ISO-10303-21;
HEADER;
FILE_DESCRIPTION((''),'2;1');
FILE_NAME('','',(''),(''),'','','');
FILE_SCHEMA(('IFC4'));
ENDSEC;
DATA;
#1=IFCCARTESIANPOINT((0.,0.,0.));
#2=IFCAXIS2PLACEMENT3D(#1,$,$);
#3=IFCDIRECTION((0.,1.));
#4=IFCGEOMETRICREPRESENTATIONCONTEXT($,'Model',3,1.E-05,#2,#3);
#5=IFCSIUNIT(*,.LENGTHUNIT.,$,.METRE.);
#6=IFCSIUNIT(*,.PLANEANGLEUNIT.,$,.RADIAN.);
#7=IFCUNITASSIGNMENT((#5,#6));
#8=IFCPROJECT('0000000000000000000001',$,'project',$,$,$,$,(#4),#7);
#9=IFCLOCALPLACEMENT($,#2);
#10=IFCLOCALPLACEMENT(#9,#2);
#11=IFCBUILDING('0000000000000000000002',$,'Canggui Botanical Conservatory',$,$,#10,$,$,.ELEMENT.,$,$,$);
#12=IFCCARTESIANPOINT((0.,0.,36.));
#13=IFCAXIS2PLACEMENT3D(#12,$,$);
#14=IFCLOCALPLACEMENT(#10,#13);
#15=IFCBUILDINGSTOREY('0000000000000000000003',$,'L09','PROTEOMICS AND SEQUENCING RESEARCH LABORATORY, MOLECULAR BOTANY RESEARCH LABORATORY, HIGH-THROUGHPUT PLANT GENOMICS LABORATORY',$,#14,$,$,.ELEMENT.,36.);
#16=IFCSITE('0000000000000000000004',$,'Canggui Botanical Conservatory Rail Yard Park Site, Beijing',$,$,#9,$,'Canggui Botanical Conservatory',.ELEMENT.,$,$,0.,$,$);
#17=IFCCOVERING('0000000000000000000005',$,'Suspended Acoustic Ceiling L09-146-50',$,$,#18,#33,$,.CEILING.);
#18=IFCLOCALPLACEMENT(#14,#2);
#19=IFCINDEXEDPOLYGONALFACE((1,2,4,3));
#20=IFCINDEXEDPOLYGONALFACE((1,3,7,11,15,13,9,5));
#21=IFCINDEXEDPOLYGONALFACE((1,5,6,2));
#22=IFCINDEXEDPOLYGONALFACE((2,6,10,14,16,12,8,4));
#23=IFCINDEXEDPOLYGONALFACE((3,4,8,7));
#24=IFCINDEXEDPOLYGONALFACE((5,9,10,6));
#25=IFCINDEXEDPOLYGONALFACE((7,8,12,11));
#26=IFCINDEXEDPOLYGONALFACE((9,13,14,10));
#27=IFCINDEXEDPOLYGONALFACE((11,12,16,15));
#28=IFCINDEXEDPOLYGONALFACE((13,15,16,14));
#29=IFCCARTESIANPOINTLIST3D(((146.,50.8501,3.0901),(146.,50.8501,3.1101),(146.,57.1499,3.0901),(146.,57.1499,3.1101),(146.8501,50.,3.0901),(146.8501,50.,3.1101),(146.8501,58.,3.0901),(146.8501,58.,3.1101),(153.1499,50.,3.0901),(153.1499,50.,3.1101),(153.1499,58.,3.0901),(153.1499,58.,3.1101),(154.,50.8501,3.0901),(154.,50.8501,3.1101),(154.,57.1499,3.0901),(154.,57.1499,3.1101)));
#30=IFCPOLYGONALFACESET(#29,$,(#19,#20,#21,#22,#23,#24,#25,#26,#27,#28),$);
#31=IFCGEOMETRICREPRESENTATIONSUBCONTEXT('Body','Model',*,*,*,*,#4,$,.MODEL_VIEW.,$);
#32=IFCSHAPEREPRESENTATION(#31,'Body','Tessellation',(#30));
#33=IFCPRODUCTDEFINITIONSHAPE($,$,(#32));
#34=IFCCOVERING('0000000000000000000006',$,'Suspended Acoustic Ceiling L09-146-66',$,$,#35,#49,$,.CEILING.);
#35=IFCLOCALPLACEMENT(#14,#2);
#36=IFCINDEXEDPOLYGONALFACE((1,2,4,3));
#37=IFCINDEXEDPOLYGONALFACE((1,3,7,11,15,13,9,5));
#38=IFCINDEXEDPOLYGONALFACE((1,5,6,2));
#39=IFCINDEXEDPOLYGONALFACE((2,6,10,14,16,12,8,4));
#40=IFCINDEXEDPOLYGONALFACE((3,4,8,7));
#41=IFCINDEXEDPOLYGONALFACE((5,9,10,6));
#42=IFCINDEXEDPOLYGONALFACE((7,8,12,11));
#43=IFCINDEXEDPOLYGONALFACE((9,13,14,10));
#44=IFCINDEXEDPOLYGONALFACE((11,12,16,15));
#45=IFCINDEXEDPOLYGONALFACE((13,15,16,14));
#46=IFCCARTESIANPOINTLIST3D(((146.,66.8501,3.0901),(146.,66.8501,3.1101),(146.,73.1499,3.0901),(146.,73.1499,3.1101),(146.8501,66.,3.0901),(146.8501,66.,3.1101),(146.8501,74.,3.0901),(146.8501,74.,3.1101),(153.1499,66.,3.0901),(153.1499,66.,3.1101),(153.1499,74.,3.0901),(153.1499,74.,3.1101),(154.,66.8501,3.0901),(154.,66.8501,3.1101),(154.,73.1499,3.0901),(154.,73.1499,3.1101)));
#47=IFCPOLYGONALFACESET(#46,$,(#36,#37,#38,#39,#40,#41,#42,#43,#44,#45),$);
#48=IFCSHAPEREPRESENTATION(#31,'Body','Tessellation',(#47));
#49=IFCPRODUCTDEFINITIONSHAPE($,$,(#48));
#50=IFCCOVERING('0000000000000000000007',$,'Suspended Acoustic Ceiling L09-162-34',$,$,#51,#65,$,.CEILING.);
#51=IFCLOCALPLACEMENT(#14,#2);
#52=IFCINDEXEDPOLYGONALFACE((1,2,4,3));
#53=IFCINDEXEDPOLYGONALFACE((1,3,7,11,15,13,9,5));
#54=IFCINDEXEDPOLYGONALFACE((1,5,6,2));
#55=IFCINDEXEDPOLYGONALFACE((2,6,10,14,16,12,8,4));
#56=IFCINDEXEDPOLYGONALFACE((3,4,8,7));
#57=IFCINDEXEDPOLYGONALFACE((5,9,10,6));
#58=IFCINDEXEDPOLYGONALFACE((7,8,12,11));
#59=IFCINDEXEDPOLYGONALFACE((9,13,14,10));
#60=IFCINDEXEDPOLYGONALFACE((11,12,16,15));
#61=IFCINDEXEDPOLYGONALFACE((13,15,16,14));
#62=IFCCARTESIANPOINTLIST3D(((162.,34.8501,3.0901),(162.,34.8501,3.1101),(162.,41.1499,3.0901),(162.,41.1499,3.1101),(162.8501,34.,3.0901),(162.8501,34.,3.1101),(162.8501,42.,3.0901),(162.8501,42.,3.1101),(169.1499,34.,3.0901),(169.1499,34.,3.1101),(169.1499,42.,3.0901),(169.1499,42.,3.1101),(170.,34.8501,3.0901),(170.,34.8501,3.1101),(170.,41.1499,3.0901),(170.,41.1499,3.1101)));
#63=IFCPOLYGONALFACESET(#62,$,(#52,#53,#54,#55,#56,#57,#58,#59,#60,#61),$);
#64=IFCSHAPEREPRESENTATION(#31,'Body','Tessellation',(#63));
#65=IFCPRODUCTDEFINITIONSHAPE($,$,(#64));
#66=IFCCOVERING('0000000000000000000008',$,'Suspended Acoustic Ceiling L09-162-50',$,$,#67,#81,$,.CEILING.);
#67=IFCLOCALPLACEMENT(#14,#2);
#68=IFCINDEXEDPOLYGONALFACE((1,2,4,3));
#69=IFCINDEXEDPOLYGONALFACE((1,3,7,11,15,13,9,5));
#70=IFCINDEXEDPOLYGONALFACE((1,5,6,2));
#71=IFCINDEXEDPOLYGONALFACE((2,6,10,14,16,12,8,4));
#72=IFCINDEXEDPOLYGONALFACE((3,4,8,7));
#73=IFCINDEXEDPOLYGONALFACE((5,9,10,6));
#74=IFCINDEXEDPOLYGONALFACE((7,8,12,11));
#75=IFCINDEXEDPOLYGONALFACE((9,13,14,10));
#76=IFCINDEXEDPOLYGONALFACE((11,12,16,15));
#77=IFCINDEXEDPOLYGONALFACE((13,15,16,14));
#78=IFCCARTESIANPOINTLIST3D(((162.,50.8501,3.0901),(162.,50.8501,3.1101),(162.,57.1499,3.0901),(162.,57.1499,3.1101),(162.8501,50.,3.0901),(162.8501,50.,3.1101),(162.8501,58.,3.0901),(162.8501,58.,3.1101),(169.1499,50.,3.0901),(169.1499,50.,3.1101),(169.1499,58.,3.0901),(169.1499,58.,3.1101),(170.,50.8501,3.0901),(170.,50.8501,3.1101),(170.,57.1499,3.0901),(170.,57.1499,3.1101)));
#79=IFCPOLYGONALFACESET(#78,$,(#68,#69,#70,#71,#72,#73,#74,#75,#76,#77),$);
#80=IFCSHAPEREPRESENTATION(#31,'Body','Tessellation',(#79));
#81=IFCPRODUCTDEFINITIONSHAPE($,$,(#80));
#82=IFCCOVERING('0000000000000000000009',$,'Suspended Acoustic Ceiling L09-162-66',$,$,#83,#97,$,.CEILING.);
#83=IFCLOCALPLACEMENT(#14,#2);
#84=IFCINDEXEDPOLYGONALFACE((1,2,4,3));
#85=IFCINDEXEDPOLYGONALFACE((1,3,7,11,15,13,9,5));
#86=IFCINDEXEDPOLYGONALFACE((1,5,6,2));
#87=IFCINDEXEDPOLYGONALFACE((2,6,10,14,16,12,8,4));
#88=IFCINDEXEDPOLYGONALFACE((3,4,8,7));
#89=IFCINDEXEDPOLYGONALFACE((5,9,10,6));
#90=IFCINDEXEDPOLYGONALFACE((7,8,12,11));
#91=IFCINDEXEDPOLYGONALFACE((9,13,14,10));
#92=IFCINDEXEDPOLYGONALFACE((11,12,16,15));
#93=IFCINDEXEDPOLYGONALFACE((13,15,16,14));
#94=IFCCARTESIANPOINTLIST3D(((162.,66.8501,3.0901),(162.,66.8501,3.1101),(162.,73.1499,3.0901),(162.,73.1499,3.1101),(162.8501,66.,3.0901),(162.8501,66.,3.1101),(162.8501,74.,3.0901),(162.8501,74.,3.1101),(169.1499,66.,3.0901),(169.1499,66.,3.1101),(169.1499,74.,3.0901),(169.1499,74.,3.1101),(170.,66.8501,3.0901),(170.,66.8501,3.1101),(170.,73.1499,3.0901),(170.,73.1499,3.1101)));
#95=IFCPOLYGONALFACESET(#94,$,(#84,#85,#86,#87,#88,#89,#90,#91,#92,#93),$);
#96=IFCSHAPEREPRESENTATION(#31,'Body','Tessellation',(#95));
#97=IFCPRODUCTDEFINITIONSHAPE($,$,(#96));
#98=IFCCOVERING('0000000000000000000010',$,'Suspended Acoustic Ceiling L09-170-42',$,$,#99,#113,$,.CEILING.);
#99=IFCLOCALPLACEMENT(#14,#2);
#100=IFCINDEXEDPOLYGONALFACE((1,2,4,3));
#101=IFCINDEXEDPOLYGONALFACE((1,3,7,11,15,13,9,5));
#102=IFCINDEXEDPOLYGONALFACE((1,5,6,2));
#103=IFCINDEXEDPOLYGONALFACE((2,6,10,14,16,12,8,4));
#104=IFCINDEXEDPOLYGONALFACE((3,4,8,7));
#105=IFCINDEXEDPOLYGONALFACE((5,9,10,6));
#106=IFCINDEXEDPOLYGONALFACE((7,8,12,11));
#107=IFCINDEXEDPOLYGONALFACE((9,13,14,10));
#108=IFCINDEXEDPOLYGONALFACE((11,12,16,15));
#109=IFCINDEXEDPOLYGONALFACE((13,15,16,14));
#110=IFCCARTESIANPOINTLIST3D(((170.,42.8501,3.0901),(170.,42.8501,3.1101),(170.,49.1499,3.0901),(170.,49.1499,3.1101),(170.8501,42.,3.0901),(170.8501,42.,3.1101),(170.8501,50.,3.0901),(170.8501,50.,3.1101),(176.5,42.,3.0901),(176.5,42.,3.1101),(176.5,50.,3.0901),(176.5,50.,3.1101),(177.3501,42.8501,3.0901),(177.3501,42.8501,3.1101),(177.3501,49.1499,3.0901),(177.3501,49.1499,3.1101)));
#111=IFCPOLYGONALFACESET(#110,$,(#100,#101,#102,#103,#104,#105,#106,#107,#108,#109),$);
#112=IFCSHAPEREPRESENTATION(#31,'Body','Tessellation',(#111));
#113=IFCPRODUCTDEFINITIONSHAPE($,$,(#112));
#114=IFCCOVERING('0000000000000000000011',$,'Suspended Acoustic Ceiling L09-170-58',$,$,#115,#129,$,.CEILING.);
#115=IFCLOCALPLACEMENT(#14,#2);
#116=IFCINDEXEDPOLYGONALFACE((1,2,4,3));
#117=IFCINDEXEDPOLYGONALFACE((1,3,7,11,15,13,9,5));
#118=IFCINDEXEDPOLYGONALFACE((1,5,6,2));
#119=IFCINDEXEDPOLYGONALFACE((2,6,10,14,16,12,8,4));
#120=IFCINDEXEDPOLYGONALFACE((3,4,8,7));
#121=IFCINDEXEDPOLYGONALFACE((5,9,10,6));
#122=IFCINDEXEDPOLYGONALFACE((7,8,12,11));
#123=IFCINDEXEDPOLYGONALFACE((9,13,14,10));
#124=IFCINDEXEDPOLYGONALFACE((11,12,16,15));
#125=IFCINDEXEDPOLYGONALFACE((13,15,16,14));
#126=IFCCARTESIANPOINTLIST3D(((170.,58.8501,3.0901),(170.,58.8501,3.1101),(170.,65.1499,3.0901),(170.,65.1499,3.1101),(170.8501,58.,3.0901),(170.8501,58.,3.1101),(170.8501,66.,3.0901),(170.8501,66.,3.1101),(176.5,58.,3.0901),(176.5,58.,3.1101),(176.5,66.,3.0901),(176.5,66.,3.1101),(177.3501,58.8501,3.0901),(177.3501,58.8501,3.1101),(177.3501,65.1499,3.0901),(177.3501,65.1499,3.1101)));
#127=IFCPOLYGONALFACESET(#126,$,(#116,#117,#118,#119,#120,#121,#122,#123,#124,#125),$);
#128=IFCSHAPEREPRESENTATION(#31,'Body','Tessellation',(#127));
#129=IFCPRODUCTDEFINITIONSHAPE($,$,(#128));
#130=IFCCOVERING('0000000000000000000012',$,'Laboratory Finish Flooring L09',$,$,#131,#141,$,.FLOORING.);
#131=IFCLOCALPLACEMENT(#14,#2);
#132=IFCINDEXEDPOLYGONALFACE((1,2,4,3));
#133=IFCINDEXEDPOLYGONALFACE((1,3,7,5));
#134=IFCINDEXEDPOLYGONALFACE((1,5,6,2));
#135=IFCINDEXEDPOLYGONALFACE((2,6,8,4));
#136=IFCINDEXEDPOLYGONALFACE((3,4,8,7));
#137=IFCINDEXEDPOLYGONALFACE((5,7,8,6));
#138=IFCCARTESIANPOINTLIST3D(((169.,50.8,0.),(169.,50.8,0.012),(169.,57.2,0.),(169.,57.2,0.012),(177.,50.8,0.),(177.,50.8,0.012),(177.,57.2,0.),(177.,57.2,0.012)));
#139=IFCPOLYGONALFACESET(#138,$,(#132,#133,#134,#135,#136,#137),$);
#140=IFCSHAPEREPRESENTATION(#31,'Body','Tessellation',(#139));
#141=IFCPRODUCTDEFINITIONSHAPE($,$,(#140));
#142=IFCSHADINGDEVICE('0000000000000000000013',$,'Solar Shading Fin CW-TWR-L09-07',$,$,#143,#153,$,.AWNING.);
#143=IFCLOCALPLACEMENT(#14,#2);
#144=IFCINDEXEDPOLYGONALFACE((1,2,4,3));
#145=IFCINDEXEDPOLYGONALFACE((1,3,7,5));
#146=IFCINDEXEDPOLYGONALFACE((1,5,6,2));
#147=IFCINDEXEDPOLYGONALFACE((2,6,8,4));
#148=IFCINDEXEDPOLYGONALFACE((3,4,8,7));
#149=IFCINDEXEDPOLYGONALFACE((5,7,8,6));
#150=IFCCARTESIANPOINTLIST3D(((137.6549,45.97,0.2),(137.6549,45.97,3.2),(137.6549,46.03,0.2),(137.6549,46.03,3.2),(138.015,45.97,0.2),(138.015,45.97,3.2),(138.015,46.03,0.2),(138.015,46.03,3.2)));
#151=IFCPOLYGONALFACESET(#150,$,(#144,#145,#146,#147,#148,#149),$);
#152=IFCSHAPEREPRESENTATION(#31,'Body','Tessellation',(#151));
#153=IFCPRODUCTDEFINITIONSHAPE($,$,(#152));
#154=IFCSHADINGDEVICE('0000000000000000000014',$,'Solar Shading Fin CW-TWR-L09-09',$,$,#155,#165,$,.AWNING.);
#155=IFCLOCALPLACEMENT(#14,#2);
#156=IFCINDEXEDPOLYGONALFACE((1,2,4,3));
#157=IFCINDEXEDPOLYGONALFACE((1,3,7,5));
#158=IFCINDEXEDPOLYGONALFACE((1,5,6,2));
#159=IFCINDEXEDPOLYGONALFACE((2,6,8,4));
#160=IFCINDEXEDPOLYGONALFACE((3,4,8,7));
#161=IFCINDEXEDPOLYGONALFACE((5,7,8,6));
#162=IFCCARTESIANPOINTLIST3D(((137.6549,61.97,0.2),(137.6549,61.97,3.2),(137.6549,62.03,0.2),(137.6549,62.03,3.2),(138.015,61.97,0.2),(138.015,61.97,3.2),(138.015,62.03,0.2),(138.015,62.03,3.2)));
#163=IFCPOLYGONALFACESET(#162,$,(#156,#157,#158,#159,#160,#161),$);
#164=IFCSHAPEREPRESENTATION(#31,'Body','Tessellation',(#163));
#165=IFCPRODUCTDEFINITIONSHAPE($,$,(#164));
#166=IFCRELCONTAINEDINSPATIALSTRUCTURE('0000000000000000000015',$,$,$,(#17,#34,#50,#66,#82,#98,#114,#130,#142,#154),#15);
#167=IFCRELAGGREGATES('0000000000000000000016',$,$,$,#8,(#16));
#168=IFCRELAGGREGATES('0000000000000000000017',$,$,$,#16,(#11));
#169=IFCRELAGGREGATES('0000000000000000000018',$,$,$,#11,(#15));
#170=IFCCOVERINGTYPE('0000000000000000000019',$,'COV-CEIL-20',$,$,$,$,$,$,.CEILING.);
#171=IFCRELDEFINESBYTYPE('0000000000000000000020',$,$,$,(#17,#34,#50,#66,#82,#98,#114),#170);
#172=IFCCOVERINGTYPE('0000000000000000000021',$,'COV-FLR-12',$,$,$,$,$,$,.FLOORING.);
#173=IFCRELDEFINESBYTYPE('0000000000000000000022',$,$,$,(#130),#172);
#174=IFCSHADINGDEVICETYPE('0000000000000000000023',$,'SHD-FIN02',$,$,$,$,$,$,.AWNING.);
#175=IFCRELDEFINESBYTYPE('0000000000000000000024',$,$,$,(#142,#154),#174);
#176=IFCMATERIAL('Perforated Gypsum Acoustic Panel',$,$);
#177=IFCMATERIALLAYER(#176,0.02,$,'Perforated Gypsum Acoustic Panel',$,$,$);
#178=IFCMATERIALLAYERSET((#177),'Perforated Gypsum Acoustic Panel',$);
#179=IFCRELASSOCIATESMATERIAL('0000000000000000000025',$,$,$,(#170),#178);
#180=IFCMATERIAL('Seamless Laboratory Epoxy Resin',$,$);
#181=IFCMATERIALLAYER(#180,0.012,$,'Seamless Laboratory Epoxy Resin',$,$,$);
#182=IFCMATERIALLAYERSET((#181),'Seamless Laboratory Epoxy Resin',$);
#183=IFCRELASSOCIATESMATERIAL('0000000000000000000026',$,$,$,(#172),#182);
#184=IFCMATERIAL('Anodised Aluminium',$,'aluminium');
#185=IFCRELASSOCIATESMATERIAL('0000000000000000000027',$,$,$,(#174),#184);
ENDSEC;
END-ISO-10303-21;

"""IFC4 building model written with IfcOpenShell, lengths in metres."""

from ifc_helpers import new_model, si_unit, direction, frame, origin, origin_2d, place, context, subcontext, project, spatial, polyline, rectangle, outline, extrude, material, layer, layer_set, type_object, element, save


model = new_model("IFC4")

# Units and contexts
model_context = context("Model", 3, precision=1e-05, world=origin(), true_north=direction((0.0, 1.0)))
body_context = subcontext(model_context, "Body", "Model", "MODEL_VIEW")
ifc_project = project(units=[si_unit("LENGTHUNIT", "METRE"), si_unit("PLANEANGLEUNIT", "RADIAN")], contexts=[model_context])

# Site, building, storey
site_placement = place(None, origin())
site = spatial("IfcSite", under=ifc_project, at=site_placement, Name="Canggui Botanical Conservatory Rail Yard Park Site, Beijing", LongName="Canggui Botanical Conservatory", CompositionType="ELEMENT", RefElevation=0.0)
building_placement = place(site_placement, origin())
building = spatial("IfcBuilding", under=site, at=building_placement, Name="Canggui Botanical Conservatory", CompositionType="ELEMENT")
storey_placement = place(building_placement, frame((0.0, 0.0, 36.0)))
storey = spatial("IfcBuildingStorey", under=building, at=storey_placement, Name="L09", Description="PROTEOMICS AND SEQUENCING RESEARCH LABORATORY, MOLECULAR BOTANY RESEARCH LABORATORY, HIGH-THROUGHPUT PLANT GENOMICS LABORATORY", CompositionType="ELEMENT", Elevation=36.0)

# Coverings
ifc_material_1 = material(Name="Perforated Gypsum Acoustic Panel")
ifc_layer_1 = layer(ifc_material_1, 0.02, Name="Perforated Gypsum Acoustic Panel")
ifc_layer_set_1 = layer_set([ifc_layer_1], Name="Perforated Gypsum Acoustic Panel")
covering_type_1 = type_object("IfcCoveringType", Name="COV-CEIL-20", PredefinedType="CEILING", material=ifc_layer_set_1)
covering_1_placement = place(storey_placement, frame((0.0, 0.0, 3.0901)))
element("IfcCovering", 1, at=covering_1_placement, inside=storey, type_object=covering_type_1, Name="Suspended Acoustic Ceiling L09-146-50", PredefinedType="CEILING", context=body_context, shape_type="SweptSolid", body=[
    extrude(outline(polyline([(146.8501, 50.0), (153.1499, 50.0), (154.0, 50.8501), (154.0, 57.1499), (153.1499, 58.0), (146.8501, 58.0), (146.0, 57.1499), (146.0, 50.8501), (146.8501, 50.0)])), origin(), (0.0, 0.0, 1.0), 0.02),
])
covering_2_placement = place(storey_placement, frame((0.0, 0.0, 3.0901)))
element("IfcCovering", 2, at=covering_2_placement, inside=storey, type_object=covering_type_1, Name="Suspended Acoustic Ceiling L09-146-66", PredefinedType="CEILING", context=body_context, shape_type="SweptSolid", body=[
    extrude(outline(polyline([(146.8501, 66.0), (153.1499, 66.0), (154.0, 66.8501), (154.0, 73.1499), (153.1499, 74.0), (146.8501, 74.0), (146.0, 73.1499), (146.0, 66.8501), (146.8501, 66.0)])), origin(), (0.0, 0.0, 1.0), 0.02),
])
covering_3_placement = place(storey_placement, frame((0.0, 0.0, 3.0901)))
element("IfcCovering", 3, at=covering_3_placement, inside=storey, type_object=covering_type_1, Name="Suspended Acoustic Ceiling L09-162-34", PredefinedType="CEILING", context=body_context, shape_type="SweptSolid", body=[
    extrude(outline(polyline([(162.8501, 34.0), (169.1499, 34.0), (170.0, 34.8501), (170.0, 41.1499), (169.1499, 42.0), (162.8501, 42.0), (162.0, 41.1499), (162.0, 34.8501), (162.8501, 34.0)])), origin(), (0.0, 0.0, 1.0), 0.02),
])
covering_4_placement = place(storey_placement, frame((0.0, 0.0, 3.0901)))
element("IfcCovering", 4, at=covering_4_placement, inside=storey, type_object=covering_type_1, Name="Suspended Acoustic Ceiling L09-162-50", PredefinedType="CEILING", context=body_context, shape_type="SweptSolid", body=[
    extrude(outline(polyline([(162.8501, 50.0), (169.1499, 50.0), (170.0, 50.8501), (170.0, 57.1499), (169.1499, 58.0), (162.8501, 58.0), (162.0, 57.1499), (162.0, 50.8501), (162.8501, 50.0)])), origin(), (0.0, 0.0, 1.0), 0.02),
])
covering_5_placement = place(storey_placement, frame((0.0, 0.0, 3.0901)))
element("IfcCovering", 5, at=covering_5_placement, inside=storey, type_object=covering_type_1, Name="Suspended Acoustic Ceiling L09-162-66", PredefinedType="CEILING", context=body_context, shape_type="SweptSolid", body=[
    extrude(outline(polyline([(162.8501, 66.0), (169.1499, 66.0), (170.0, 66.8501), (170.0, 73.1499), (169.1499, 74.0), (162.8501, 74.0), (162.0, 73.1499), (162.0, 66.8501), (162.8501, 66.0)])), origin(), (0.0, 0.0, 1.0), 0.02),
])
covering_6_placement = place(storey_placement, frame((0.0, 0.0, 3.0901)))
element("IfcCovering", 6, at=covering_6_placement, inside=storey, type_object=covering_type_1, Name="Suspended Acoustic Ceiling L09-170-42", PredefinedType="CEILING", context=body_context, shape_type="SweptSolid", body=[
    extrude(outline(polyline([(170.8501, 42.0), (176.5, 42.0), (177.3501, 42.8501), (177.3501, 49.1499), (176.5, 50.0), (170.8501, 50.0), (170.0, 49.1499), (170.0, 42.8501), (170.8501, 42.0)])), origin(), (0.0, 0.0, 1.0), 0.02),
])
covering_7_placement = place(storey_placement, frame((0.0, 0.0, 3.0901)))
element("IfcCovering", 7, at=covering_7_placement, inside=storey, type_object=covering_type_1, Name="Suspended Acoustic Ceiling L09-170-58", PredefinedType="CEILING", context=body_context, shape_type="SweptSolid", body=[
    extrude(outline(polyline([(170.8501, 58.0), (176.5, 58.0), (177.3501, 58.8501), (177.3501, 65.1499), (176.5, 66.0), (170.8501, 66.0), (170.0, 65.1499), (170.0, 58.8501), (170.8501, 58.0)])), origin(), (0.0, 0.0, 1.0), 0.02),
])
ifc_material_2 = material(Name="Seamless Laboratory Epoxy Resin")
ifc_layer_2 = layer(ifc_material_2, 0.012, Name="Seamless Laboratory Epoxy Resin")
ifc_layer_set_2 = layer_set([ifc_layer_2], Name="Seamless Laboratory Epoxy Resin")
covering_type_2 = type_object("IfcCoveringType", Name="COV-FLR-12", PredefinedType="FLOORING", material=ifc_layer_set_2)
covering_8_placement = place(storey_placement, origin())
element("IfcCovering", 8, at=covering_8_placement, inside=storey, type_object=covering_type_2, Name="Laboratory Finish Flooring L09", PredefinedType="FLOORING", context=body_context, shape_type="SweptSolid", body=[
    extrude(outline(polyline([(169.0, 50.8), (177.0, 50.8), (177.0, 57.2), (169.0, 57.2), (169.0, 50.8)])), origin(), (0.0, 0.0, 1.0), 0.012),
])

# Shading devices
ifc_material_3 = material(Name="Anodised Aluminium", Category="aluminium")
shading_device_type = type_object("IfcShadingDeviceType", Name="SHD-FIN02", PredefinedType="AWNING", material=ifc_material_3)
for number, where, z_axis, x_axis, name in (
    (9, (137.835, 46.0, 0.2), (0.0, 0.0, 1.0), (0.0, 1.0, 0.0), "Solar Shading Fin CW-TWR-L09-07"),
    (10, (137.835, 62.0, 0.2), (0.0, 0.0, 1.0), (0.0, 1.0, 0.0), "Solar Shading Fin CW-TWR-L09-09"),
):
    element("IfcShadingDevice", number, at=place(storey_placement, frame(where, z_axis=z_axis, x_axis=x_axis)), inside=storey, type_object=shading_device_type, Name=name, PredefinedType="AWNING", context=body_context, shape_type="SweptSolid", body=[
        extrude(rectangle(XDim=0.0601, YDim=0.3601, at=origin_2d()), origin(), (0.0, 0.0, 1.0), 3.0),
    ])

save(model, "model.ifc")
